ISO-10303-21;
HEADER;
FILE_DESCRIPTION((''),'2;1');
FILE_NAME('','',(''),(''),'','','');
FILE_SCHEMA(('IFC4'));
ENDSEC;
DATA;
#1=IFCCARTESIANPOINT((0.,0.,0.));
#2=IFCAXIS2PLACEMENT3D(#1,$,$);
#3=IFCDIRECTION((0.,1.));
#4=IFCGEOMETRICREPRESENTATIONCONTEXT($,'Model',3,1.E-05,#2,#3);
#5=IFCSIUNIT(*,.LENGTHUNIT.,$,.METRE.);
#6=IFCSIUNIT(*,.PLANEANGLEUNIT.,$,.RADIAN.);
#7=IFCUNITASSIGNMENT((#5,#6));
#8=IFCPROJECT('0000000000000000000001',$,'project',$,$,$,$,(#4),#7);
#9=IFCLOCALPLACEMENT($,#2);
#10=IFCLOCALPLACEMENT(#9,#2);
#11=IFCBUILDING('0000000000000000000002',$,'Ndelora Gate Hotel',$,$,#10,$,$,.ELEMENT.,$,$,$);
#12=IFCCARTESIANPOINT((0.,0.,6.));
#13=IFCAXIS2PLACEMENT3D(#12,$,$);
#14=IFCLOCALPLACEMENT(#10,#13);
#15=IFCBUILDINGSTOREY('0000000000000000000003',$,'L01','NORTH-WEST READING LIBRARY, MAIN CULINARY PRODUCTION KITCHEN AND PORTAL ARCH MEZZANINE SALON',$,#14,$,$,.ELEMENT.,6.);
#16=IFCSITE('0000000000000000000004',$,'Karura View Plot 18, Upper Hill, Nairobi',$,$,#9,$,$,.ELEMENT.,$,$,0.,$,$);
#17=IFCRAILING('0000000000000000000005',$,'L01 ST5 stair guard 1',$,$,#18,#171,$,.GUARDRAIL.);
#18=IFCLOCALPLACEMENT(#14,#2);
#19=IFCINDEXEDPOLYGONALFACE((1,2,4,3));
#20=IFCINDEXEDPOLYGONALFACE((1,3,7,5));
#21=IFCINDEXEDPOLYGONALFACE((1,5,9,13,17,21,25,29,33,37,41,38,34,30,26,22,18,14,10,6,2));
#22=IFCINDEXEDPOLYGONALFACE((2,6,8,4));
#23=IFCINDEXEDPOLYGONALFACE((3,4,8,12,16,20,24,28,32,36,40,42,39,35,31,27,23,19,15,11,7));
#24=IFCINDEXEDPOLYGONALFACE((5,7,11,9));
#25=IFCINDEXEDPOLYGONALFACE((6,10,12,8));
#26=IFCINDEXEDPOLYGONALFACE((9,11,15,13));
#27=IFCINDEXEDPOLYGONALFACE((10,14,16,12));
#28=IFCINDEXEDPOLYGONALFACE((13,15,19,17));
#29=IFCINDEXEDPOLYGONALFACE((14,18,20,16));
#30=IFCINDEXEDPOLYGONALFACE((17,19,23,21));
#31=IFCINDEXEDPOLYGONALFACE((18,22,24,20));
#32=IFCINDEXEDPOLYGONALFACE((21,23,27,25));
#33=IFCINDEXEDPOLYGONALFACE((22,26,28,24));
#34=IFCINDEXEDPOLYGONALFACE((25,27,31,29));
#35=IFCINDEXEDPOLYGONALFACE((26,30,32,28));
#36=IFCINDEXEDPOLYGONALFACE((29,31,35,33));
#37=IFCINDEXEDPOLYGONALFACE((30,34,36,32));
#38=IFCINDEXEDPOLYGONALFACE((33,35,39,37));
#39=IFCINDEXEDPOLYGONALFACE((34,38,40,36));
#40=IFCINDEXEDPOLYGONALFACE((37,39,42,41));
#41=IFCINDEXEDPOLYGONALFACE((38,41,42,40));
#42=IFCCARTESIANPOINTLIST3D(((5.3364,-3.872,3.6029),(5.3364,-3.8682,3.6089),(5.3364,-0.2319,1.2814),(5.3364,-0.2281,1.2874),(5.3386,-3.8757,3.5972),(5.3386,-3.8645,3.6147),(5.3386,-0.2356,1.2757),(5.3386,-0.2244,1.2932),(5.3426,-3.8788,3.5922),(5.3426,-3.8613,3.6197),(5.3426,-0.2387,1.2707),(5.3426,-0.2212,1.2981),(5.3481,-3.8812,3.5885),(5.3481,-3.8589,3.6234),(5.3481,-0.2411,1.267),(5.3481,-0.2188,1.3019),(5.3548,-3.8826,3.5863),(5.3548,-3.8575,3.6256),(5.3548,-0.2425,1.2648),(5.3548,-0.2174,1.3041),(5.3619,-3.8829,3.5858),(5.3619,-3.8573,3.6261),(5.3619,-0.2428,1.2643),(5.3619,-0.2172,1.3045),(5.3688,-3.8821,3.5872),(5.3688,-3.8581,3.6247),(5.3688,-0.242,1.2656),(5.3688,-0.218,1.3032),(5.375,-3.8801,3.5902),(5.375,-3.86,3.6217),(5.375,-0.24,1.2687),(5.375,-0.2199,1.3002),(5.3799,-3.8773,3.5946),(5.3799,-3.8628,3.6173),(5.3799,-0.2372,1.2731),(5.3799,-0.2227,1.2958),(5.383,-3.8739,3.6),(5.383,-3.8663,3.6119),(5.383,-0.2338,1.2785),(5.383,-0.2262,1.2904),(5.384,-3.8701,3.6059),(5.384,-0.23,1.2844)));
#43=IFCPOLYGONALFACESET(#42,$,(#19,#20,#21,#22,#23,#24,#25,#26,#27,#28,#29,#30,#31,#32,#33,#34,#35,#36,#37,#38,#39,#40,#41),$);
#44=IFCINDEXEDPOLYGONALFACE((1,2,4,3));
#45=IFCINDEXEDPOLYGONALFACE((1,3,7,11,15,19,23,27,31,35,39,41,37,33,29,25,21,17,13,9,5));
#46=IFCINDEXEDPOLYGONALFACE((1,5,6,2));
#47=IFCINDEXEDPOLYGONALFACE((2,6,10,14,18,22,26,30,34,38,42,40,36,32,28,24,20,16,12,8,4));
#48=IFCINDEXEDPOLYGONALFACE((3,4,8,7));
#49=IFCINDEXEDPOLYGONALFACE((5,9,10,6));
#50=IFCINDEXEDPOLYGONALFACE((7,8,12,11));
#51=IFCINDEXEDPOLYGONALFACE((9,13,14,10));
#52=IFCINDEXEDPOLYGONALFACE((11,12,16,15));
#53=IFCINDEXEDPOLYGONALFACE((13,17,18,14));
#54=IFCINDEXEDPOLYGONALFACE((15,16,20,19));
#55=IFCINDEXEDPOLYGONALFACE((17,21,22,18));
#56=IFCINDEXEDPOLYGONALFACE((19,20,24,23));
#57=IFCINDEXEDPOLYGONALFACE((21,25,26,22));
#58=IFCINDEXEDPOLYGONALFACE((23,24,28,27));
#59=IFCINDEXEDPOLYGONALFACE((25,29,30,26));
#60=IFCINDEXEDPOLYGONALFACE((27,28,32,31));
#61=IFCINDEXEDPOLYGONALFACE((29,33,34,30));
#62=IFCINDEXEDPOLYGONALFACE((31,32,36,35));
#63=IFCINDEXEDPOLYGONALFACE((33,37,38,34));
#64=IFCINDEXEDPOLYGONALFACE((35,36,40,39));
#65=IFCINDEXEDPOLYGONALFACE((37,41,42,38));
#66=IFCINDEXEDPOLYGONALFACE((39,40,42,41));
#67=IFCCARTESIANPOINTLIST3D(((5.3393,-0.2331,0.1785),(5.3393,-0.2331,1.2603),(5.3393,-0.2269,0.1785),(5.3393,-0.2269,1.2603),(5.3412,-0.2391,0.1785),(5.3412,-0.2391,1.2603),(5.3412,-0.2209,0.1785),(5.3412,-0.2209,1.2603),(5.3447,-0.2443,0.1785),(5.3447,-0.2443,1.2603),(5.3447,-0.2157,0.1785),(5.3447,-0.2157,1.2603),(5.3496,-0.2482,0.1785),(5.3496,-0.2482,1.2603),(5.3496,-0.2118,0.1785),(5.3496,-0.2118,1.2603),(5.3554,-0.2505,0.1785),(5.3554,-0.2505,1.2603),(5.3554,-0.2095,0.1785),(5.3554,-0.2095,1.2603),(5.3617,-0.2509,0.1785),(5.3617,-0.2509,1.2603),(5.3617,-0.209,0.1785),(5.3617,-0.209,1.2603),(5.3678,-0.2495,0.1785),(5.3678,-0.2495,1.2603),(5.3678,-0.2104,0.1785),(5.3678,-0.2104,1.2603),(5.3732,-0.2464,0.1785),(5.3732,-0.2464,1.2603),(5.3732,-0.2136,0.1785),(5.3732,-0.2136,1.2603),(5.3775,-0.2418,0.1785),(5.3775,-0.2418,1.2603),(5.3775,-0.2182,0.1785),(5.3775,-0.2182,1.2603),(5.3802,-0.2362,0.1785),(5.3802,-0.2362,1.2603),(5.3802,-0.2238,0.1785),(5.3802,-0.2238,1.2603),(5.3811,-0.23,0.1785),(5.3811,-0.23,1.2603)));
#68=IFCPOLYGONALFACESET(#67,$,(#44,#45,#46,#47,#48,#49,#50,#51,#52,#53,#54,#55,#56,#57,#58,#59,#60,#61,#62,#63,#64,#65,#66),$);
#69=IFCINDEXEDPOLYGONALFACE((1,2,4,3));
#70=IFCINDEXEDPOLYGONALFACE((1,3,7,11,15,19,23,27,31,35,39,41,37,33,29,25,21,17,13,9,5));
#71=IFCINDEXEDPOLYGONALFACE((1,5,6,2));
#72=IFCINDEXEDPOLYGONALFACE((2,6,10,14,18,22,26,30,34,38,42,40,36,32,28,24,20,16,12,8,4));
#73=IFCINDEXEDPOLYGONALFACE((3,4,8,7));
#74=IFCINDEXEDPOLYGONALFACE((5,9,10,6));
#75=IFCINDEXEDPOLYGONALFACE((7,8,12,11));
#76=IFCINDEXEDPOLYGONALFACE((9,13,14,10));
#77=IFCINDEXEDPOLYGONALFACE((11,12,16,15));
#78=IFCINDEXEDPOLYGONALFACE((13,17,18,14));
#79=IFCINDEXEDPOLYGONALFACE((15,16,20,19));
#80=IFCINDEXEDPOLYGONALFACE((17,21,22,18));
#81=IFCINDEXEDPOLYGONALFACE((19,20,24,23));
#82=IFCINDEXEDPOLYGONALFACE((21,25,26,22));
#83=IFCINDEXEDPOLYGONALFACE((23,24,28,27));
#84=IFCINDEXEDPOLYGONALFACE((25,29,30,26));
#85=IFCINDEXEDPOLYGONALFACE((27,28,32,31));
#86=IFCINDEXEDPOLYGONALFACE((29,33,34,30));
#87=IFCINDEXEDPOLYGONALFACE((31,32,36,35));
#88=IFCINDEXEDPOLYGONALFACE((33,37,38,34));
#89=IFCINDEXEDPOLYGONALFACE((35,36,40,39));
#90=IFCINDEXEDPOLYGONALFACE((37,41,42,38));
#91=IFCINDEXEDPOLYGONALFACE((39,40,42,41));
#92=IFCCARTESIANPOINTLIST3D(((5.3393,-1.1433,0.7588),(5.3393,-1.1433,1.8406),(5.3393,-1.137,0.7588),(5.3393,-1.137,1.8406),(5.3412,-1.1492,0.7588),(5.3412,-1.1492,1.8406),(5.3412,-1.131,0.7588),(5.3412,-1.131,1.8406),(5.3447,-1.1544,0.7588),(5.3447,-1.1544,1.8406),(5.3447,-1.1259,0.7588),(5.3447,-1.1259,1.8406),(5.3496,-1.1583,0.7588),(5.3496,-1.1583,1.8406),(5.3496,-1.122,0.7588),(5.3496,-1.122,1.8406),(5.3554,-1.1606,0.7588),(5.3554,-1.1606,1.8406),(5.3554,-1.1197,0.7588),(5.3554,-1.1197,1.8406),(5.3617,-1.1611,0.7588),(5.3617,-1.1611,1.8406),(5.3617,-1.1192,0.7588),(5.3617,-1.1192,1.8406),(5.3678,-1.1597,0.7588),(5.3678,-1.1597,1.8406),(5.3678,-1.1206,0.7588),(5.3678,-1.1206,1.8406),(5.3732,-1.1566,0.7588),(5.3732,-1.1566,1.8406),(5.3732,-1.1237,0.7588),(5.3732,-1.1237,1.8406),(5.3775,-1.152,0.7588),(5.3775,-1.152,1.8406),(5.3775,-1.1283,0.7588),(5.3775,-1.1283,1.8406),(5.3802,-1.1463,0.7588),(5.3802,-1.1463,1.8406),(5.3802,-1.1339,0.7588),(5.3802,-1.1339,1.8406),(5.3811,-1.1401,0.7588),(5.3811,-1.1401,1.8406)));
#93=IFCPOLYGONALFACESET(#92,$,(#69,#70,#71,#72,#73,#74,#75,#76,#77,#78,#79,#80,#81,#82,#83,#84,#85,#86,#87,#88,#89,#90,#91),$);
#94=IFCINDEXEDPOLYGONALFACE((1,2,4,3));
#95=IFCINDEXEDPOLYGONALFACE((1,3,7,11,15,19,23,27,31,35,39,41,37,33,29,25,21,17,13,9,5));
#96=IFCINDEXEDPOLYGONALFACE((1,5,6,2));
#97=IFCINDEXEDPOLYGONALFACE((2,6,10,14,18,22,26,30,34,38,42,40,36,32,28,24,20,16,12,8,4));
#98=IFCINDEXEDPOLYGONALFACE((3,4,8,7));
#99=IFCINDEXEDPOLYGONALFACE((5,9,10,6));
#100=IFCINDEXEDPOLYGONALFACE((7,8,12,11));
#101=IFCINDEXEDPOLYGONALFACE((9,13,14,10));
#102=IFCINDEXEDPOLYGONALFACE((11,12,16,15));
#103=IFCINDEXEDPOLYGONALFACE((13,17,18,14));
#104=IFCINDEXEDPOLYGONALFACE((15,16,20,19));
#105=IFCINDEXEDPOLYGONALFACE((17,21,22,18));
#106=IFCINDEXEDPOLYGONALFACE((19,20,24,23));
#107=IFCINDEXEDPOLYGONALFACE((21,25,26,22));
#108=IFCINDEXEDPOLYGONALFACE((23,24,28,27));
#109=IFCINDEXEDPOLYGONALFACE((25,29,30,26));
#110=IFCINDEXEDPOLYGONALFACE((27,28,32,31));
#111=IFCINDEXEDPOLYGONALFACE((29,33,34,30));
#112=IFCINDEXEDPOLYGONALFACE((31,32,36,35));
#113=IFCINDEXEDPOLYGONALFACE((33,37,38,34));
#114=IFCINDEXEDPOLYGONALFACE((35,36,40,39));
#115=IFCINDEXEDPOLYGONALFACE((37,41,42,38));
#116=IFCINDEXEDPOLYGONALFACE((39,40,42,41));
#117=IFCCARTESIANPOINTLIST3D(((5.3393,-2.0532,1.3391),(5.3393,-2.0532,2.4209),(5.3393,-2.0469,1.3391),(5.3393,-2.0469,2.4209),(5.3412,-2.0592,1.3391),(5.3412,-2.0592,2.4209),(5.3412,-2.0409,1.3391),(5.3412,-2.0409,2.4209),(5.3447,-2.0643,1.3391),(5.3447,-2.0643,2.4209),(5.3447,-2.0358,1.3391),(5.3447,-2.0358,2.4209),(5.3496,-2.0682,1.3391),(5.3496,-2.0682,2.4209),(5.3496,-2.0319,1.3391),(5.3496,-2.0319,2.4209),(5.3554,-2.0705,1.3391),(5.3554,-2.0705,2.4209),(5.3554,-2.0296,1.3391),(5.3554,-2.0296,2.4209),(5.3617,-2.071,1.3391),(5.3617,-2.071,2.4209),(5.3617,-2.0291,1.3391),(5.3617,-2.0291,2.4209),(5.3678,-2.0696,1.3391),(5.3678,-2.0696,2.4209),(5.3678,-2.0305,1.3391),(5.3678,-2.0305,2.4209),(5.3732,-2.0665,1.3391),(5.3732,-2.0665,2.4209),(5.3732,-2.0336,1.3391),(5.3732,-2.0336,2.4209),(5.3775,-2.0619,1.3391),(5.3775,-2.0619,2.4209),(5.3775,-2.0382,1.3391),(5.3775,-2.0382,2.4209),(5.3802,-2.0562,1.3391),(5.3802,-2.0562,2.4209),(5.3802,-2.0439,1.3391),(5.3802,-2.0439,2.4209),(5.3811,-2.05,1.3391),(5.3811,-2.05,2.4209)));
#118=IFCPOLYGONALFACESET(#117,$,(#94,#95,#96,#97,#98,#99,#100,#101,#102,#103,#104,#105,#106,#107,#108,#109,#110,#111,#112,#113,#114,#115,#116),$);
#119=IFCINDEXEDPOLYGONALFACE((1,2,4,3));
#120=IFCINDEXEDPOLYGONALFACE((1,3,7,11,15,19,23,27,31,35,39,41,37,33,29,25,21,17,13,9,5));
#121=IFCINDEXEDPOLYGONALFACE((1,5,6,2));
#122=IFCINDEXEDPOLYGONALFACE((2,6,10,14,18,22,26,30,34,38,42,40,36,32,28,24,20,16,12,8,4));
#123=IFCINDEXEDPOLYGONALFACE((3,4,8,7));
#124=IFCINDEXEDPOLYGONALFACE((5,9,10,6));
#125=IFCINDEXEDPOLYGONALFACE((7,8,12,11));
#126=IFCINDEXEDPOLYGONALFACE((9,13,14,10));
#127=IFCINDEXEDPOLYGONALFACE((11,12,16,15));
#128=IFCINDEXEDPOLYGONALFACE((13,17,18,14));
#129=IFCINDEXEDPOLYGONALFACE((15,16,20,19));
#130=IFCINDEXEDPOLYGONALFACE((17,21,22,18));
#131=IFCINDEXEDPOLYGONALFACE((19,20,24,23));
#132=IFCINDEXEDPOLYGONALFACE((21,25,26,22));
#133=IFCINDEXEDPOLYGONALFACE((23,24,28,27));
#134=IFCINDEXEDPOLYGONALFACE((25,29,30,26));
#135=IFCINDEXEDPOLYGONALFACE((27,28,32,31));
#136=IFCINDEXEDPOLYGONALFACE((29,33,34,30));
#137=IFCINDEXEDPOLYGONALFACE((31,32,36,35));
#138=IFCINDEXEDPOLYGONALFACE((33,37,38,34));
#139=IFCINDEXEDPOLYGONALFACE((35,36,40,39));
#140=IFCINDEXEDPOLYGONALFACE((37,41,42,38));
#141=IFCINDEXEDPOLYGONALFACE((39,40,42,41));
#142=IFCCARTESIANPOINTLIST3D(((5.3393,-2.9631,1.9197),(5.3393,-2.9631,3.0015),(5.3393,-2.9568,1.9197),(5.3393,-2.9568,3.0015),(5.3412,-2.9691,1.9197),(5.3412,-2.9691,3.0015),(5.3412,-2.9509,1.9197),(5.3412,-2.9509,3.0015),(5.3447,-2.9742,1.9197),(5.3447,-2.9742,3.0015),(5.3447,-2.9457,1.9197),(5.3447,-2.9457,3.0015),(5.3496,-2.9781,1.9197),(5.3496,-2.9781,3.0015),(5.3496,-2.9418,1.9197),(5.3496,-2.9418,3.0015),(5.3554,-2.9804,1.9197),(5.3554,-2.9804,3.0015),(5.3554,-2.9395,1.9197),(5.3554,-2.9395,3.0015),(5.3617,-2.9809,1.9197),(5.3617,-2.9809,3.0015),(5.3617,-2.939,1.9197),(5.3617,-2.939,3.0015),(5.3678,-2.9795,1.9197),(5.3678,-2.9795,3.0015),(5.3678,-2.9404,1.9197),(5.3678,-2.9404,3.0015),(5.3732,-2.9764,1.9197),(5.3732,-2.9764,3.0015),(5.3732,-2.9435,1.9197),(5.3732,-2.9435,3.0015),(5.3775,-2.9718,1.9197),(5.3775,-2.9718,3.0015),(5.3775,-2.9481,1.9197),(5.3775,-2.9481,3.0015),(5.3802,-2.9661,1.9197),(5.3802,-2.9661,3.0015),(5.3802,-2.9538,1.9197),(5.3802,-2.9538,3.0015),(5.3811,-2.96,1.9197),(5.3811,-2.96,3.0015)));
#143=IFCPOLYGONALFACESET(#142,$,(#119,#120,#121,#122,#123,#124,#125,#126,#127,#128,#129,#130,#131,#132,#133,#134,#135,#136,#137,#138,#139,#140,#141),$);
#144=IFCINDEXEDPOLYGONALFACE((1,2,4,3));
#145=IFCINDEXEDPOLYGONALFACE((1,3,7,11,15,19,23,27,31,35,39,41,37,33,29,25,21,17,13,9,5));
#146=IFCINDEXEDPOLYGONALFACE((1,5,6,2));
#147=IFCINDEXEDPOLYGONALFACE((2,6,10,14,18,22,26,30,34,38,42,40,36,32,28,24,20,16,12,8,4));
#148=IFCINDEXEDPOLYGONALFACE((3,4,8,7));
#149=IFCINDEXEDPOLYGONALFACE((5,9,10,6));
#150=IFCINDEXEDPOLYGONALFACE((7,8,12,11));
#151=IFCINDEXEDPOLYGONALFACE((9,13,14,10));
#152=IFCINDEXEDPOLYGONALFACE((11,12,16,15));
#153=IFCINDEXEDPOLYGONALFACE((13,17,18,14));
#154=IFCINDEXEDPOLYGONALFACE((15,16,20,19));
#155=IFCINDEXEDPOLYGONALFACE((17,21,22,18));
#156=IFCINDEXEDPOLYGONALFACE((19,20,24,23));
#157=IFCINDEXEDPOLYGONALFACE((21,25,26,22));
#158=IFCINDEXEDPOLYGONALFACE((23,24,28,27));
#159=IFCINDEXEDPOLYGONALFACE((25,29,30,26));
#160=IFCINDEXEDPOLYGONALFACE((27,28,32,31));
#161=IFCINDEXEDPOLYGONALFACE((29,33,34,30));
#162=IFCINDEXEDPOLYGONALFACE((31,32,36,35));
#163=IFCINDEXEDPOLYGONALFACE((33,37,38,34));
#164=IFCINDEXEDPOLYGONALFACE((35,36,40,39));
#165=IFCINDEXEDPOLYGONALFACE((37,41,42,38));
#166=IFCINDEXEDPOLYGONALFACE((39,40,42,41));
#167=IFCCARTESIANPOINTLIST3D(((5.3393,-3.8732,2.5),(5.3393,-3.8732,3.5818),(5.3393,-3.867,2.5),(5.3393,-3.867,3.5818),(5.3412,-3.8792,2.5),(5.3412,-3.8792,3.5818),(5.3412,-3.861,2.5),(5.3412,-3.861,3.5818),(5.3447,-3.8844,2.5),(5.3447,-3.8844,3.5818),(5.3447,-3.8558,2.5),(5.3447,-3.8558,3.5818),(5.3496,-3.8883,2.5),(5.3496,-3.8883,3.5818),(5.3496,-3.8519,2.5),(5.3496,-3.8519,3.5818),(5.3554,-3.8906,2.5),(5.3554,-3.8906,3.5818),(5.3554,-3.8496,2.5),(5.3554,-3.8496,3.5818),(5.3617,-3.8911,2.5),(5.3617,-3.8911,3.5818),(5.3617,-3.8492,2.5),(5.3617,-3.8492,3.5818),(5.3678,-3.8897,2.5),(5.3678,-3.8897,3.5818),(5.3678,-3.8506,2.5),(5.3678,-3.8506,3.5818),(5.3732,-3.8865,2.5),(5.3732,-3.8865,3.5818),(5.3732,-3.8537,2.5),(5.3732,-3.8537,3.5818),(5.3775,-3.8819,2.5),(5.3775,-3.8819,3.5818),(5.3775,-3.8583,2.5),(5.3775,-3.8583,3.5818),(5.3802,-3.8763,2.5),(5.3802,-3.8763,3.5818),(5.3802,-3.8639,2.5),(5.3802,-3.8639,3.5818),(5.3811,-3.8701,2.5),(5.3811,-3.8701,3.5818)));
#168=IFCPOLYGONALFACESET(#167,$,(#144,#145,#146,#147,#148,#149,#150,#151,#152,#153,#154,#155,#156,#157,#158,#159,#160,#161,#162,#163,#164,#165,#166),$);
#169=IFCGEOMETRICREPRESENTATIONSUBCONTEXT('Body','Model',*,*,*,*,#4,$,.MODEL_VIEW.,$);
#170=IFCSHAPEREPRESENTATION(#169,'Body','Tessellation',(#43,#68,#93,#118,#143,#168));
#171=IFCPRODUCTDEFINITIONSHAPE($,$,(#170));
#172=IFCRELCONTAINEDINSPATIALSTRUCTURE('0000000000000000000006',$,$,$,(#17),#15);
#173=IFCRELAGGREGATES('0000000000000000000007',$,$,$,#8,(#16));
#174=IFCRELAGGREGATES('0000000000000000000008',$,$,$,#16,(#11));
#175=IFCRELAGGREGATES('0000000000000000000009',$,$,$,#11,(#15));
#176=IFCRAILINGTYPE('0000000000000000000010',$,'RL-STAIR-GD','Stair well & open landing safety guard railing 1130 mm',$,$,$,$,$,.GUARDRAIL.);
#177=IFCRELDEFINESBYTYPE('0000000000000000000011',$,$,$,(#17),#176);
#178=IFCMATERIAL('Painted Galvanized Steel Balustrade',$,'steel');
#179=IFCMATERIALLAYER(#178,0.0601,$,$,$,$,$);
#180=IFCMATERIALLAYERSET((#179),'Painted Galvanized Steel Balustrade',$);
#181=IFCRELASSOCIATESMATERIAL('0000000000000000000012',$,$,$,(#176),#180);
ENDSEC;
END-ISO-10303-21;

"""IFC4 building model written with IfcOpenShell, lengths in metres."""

from ifc_helpers import new_model, si_unit, direction, frame, origin, origin_2d, place, context, subcontext, project, spatial, circle, extrude, material, layer, layer_set, type_object, element, save


model = new_model("IFC4")

# Units and contexts
model_context = context("Model", 3, precision=1e-05, world=origin(), true_north=direction((0.0, 1.0)))
body_context = subcontext(model_context, "Body", "Model", "MODEL_VIEW")
ifc_project = project(units=[si_unit("LENGTHUNIT", "METRE"), si_unit("PLANEANGLEUNIT", "RADIAN")], contexts=[model_context])

# Site, building, storey
site_placement = place(None, origin())
site = spatial("IfcSite", under=ifc_project, at=site_placement, Name="Karura View Plot 18, Upper Hill, Nairobi", CompositionType="ELEMENT", RefElevation=0.0)
building_placement = place(site_placement, origin())
building = spatial("IfcBuilding", under=site, at=building_placement, Name="Ndelora Gate Hotel", CompositionType="ELEMENT")
storey_placement = place(building_placement, frame((0.0, 0.0, 6.0)))
storey = spatial("IfcBuildingStorey", under=building, at=storey_placement, Name="L01", Description="NORTH-WEST READING LIBRARY, MAIN CULINARY PRODUCTION KITCHEN AND PORTAL ARCH MEZZANINE SALON", CompositionType="ELEMENT", Elevation=6.0)

# Railing
ifc_material_1 = material(Name="Painted Galvanized Steel Balustrade", Category="steel")
ifc_layer_1 = layer(ifc_material_1, 0.0601)
ifc_layer_set_1 = layer_set([ifc_layer_1], Name="Painted Galvanized Steel Balustrade")
railing_type = type_object("IfcRailingType", Name="RL-STAIR-GD", Description="Stair well & open landing safety guard railing 1130 mm", PredefinedType="GUARDRAIL", material=ifc_layer_set_1)
railing_1_placement = place(storey_placement, frame((5.3601, -0.23, 0.1785)))
element("IfcRailing", 1, at=railing_1_placement, inside=storey, type_object=railing_type, Name="L01 ST5 stair guard 1", PredefinedType="GUARDRAIL", context=body_context, shape_type="SweptSolid", body=[
    extrude(circle(Radius=0.0239, at=origin_2d()), frame((0.0, 0.0, 1.106), z_axis=(0.0, -0.843128, 0.537713), x_axis=(1.0, 0.0, 0.0)), (0.0, 0.0, 1.0), 4.3174),
    extrude(circle(Radius=0.021, at=origin_2d()), origin(), (0.0, 0.0, 1.0), 1.0818),
    extrude(circle(Radius=0.021, at=origin_2d()), frame((0.0, -0.9102, 0.5803)), (0.0, 0.0, 1.0), 1.0818),
    extrude(circle(Radius=0.021, at=origin_2d()), frame((0.0, -1.8201, 1.1606)), (0.0, 0.0, 1.0), 1.0818),
    extrude(circle(Radius=0.021, at=origin_2d()), frame((0.0, -2.73, 1.7412)), (0.0, 0.0, 1.0), 1.0818),
    extrude(circle(Radius=0.021, at=origin_2d()), frame((0.0, -3.6401, 2.3215)), (0.0, 0.0, 1.0), 1.0818),
])

save(model, "model.ifc")
